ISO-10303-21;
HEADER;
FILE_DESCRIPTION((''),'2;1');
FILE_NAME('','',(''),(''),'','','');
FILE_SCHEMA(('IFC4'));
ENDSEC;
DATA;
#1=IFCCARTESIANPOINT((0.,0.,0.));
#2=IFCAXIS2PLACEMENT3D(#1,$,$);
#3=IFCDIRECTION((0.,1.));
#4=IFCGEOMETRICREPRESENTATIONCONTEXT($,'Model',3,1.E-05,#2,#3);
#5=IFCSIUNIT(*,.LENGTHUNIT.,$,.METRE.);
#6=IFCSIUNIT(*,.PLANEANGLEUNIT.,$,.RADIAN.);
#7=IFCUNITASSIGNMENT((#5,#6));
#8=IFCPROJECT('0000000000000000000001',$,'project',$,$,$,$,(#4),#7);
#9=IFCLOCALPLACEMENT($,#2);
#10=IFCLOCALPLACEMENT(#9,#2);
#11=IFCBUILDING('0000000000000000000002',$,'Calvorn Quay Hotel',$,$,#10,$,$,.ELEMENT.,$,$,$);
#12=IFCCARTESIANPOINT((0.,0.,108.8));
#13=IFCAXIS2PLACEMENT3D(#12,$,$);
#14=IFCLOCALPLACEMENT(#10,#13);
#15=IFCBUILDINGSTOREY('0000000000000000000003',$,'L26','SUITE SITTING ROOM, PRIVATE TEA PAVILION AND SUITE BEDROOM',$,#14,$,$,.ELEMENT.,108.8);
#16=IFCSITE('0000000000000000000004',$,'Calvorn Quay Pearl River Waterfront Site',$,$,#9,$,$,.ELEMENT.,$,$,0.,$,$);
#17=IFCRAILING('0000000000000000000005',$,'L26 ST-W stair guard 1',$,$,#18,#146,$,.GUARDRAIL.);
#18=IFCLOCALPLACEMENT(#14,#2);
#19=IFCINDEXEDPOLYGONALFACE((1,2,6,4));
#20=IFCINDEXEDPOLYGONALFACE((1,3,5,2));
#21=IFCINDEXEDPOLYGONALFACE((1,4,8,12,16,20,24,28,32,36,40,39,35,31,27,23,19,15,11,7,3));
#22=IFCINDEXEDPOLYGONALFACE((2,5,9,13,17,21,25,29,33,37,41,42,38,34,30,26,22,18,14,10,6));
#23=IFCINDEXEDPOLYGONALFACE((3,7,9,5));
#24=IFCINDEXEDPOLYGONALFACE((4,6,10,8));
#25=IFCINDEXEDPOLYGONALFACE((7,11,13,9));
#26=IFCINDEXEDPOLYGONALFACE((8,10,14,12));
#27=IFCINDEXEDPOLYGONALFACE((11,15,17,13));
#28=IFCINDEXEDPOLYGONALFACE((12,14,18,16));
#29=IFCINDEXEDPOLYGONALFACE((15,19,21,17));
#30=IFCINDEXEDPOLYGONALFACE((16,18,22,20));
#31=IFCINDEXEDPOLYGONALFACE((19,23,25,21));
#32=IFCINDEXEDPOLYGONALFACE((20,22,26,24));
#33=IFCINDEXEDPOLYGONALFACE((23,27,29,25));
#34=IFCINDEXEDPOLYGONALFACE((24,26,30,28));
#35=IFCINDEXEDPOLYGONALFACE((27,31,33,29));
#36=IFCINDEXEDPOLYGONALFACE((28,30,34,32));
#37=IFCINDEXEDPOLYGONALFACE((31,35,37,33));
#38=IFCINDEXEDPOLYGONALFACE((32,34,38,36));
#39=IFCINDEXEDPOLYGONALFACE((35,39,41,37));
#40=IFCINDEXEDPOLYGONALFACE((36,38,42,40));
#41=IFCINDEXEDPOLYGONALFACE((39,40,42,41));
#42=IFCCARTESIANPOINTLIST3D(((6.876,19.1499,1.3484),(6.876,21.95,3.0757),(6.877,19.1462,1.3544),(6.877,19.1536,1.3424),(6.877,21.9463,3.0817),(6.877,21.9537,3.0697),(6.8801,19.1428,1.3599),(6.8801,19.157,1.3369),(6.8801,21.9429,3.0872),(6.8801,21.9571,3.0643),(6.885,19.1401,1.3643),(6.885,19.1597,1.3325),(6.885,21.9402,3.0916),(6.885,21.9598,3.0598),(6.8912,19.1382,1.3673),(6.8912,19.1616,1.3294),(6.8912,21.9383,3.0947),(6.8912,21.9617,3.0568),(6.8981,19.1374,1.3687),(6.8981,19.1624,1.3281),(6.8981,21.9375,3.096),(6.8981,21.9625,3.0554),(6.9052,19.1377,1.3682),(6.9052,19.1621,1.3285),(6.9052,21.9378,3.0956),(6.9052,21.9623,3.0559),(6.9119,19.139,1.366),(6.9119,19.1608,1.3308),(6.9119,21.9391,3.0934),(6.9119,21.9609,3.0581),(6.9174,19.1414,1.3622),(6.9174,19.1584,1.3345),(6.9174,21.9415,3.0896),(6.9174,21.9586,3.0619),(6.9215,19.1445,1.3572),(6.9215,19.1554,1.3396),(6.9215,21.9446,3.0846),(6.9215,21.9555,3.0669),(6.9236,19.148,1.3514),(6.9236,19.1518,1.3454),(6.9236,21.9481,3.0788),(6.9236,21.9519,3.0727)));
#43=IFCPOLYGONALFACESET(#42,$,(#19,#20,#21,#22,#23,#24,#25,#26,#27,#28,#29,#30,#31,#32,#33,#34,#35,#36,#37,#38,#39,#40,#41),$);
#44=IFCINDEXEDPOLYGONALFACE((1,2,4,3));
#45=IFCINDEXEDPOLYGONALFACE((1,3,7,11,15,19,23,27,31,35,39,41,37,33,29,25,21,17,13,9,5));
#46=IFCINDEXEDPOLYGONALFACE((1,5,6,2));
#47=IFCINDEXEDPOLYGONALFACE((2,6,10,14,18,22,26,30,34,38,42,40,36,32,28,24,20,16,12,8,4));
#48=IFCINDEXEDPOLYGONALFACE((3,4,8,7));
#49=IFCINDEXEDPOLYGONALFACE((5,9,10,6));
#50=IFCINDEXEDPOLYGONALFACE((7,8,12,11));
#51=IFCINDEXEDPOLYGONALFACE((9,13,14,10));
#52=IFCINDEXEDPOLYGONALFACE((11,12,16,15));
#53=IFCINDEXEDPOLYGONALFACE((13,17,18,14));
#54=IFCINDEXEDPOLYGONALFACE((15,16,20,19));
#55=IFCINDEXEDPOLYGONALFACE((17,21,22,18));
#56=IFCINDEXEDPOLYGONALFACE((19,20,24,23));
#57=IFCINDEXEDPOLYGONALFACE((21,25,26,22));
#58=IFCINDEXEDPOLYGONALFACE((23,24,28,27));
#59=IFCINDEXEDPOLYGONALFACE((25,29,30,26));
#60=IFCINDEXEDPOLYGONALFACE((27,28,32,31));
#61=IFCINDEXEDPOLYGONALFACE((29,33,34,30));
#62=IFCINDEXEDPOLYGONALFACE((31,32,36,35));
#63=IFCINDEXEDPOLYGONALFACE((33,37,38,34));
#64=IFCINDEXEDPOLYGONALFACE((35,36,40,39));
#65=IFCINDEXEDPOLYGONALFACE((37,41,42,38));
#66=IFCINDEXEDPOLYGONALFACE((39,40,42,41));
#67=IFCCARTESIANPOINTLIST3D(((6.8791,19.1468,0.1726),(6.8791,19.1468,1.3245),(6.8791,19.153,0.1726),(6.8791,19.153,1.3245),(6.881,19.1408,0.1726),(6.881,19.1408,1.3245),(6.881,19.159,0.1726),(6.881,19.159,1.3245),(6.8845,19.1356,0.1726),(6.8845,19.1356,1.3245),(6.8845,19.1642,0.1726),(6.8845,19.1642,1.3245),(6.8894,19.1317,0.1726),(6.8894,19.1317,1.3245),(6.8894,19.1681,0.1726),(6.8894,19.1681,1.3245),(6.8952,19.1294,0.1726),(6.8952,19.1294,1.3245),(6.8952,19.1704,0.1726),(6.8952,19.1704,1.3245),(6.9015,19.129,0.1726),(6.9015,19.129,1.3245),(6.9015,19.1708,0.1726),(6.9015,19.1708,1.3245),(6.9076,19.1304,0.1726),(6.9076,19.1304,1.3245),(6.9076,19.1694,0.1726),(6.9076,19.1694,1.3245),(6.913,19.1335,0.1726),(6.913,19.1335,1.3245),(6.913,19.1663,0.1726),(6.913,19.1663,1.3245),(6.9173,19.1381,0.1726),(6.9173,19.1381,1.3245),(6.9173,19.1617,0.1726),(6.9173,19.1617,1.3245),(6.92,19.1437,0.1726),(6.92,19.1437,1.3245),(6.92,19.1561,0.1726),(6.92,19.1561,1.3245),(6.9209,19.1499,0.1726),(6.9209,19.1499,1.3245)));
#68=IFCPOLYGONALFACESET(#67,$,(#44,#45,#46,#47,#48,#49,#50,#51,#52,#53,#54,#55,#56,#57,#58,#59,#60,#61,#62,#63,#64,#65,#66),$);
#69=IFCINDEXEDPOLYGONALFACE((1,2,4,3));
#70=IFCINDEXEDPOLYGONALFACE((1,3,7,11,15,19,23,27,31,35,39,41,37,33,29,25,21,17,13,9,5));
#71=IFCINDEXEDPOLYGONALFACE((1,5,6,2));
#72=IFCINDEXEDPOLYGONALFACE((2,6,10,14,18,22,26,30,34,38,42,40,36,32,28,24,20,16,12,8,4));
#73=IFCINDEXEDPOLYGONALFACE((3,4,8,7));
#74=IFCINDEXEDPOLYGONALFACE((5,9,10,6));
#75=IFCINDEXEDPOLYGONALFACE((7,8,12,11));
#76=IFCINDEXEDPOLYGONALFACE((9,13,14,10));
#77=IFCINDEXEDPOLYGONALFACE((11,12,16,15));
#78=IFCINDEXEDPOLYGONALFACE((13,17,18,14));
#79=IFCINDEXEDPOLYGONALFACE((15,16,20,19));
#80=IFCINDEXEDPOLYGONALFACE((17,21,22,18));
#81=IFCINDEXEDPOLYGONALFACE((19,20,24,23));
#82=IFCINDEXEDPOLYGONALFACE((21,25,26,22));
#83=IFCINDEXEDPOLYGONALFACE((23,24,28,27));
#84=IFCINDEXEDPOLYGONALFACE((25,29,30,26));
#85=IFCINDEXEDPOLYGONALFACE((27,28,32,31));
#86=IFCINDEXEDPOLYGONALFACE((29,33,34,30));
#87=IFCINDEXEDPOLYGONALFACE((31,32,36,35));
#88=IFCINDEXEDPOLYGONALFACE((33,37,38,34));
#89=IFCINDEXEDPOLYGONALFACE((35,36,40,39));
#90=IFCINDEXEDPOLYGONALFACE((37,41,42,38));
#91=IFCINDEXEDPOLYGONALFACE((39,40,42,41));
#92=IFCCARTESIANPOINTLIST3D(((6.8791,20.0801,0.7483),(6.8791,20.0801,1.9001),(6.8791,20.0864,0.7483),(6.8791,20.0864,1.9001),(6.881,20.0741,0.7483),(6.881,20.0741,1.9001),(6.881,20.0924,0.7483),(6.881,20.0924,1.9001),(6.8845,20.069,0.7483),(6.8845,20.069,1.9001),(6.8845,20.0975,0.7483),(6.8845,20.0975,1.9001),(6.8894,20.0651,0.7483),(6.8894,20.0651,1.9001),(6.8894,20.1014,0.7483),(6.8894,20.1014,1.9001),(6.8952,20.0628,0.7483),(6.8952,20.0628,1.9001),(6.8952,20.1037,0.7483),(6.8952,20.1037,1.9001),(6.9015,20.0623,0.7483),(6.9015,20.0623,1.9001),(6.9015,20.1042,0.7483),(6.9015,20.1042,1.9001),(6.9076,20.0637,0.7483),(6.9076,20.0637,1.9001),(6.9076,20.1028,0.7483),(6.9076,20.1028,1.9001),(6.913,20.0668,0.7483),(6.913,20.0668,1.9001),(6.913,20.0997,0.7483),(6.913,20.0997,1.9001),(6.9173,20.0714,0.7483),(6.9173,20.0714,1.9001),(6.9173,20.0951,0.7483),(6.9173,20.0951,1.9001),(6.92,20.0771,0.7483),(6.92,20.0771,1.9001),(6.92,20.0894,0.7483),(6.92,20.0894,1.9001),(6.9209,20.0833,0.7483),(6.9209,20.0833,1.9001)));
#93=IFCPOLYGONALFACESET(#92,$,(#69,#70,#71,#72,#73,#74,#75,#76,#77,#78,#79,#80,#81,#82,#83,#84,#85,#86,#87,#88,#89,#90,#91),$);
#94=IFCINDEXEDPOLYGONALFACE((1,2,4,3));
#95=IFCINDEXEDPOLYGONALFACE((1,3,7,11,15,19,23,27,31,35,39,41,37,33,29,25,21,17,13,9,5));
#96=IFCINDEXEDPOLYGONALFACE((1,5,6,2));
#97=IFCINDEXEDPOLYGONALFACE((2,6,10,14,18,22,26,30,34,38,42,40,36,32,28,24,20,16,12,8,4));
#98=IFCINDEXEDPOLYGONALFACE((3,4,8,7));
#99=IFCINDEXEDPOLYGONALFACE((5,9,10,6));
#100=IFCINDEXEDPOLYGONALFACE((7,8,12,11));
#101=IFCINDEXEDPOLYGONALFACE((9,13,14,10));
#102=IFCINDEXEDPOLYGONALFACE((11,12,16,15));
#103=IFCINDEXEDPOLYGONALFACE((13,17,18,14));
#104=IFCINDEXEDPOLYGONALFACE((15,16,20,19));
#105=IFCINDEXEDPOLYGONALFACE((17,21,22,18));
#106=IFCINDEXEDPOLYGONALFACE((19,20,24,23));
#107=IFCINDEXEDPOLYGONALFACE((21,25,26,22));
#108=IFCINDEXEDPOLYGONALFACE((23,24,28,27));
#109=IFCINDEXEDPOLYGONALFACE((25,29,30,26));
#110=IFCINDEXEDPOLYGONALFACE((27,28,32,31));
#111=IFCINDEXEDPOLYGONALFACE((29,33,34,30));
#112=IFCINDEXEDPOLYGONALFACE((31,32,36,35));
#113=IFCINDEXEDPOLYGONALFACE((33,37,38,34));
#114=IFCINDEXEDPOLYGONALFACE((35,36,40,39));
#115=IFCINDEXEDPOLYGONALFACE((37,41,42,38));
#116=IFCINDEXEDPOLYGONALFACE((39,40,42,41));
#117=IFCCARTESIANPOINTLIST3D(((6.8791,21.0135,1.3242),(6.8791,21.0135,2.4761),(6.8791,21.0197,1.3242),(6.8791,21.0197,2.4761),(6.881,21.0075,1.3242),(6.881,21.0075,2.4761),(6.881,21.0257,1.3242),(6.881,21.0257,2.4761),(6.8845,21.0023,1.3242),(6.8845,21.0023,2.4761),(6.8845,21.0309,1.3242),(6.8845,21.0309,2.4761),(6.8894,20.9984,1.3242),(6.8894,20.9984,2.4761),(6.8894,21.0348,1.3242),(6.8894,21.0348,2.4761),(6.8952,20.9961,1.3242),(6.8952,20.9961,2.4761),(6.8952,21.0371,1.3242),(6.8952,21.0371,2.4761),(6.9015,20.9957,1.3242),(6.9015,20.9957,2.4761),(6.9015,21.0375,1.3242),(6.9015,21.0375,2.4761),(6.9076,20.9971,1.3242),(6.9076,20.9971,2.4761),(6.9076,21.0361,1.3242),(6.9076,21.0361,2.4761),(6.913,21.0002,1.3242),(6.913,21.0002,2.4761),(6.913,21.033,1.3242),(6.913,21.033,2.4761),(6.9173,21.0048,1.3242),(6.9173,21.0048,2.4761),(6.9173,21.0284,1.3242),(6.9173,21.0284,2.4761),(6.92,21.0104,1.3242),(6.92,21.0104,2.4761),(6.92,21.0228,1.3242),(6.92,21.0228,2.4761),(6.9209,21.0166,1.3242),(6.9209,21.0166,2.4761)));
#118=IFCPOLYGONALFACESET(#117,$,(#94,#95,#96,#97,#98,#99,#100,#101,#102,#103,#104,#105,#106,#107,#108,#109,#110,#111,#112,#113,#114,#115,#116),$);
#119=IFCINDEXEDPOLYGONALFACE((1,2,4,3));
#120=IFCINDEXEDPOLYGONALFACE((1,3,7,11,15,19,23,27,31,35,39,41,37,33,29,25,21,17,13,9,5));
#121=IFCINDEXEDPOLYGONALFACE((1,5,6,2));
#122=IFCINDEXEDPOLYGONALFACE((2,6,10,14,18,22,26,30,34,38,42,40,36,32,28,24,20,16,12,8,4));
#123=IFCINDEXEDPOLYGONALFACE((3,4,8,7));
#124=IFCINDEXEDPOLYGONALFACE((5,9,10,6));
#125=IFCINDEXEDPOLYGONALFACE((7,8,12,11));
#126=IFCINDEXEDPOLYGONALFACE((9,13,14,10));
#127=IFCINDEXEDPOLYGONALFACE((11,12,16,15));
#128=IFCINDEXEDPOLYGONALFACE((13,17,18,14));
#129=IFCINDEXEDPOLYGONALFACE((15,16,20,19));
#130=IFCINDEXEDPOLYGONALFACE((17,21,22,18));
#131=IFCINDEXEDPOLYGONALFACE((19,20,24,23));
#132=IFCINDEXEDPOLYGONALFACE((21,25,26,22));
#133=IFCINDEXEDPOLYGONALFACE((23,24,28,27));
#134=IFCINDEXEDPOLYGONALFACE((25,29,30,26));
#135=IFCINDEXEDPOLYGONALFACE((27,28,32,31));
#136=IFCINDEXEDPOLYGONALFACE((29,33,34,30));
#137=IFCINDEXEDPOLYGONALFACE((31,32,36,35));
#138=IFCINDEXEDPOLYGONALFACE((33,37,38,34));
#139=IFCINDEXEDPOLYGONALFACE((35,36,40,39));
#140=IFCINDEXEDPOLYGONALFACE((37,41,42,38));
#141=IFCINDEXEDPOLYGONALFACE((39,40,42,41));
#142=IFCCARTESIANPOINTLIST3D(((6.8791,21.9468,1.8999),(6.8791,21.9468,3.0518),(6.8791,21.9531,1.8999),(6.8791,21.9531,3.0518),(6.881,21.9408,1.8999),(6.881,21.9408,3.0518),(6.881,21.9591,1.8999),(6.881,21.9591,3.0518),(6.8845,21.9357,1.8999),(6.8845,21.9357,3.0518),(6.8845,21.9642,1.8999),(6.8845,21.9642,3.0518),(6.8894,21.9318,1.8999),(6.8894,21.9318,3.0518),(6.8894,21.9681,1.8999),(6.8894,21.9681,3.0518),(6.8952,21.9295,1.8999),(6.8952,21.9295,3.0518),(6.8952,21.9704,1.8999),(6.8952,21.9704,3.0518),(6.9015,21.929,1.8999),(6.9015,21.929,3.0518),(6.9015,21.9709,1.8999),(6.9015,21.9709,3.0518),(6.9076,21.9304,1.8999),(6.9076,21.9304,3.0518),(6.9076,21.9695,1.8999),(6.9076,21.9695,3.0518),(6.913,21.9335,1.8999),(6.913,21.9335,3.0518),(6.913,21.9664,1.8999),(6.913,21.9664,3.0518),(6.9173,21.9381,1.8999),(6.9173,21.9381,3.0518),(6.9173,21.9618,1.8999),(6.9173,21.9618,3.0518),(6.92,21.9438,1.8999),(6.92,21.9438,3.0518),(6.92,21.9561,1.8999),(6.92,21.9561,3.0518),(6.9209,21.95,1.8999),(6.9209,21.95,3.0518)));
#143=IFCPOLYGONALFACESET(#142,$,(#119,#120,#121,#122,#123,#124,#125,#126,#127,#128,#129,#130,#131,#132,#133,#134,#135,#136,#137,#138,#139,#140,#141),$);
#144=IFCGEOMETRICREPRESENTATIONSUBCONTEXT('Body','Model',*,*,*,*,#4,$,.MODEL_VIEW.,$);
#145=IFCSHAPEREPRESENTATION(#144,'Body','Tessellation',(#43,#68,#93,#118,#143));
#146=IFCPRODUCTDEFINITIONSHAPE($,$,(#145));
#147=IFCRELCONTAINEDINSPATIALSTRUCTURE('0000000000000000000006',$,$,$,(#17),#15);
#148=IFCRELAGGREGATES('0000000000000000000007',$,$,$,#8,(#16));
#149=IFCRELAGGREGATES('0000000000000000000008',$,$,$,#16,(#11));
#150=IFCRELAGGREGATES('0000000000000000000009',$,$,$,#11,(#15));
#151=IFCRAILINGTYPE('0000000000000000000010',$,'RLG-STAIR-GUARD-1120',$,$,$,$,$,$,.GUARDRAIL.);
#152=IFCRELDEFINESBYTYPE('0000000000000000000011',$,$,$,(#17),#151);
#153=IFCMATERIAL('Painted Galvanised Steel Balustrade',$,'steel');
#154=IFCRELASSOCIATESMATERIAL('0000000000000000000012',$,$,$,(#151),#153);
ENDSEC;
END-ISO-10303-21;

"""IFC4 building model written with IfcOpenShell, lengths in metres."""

from ifc_helpers import new_model, si_unit, direction, frame, origin, origin_2d, place, context, subcontext, project, spatial, circle, extrude, material, type_object, element, save


model = new_model("IFC4")

# Units and contexts
model_context = context("Model", 3, precision=1e-05, world=origin(), true_north=direction((0.0, 1.0)))
body_context = subcontext(model_context, "Body", "Model", "MODEL_VIEW")
ifc_project = project(units=[si_unit("LENGTHUNIT", "METRE"), si_unit("PLANEANGLEUNIT", "RADIAN")], contexts=[model_context])

# Site, building, storey
site_placement = place(None, origin())
site = spatial("IfcSite", under=ifc_project, at=site_placement, Name="Calvorn Quay Pearl River Waterfront Site", CompositionType="ELEMENT", RefElevation=0.0)
building_placement = place(site_placement, origin())
building = spatial("IfcBuilding", under=site, at=building_placement, Name="Calvorn Quay Hotel", CompositionType="ELEMENT")
storey_placement = place(building_placement, frame((0.0, 0.0, 108.8)))
storey = spatial("IfcBuildingStorey", under=building, at=storey_placement, Name="L26", Description="SUITE SITTING ROOM, PRIVATE TEA PAVILION AND SUITE BEDROOM", CompositionType="ELEMENT", Elevation=108.8)

# Railing
ifc_material_1 = material(Name="Painted Galvanised Steel Balustrade", Category="steel")
railing_type_1 = type_object("IfcRailingType", Name="RLG-STAIR-GUARD-1120", PredefinedType="GUARDRAIL", material=ifc_material_1)
railing_1_placement = place(storey_placement, frame((6.8999, 19.1499, 0.1726)))
element("IfcRailing", 1, at=railing_1_placement, inside=storey, type_object=railing_type_1, Name="L26 ST-W stair guard 1", PredefinedType="GUARDRAIL", context=body_context, shape_type="SweptSolid", body=[
    extrude(circle(Radius=0.0239, at=origin_2d()), frame((0.0, 0.0, 1.1758), z_axis=(0.0, 0.85109, 0.52502), x_axis=(-1.0, 0.0, 0.0)), (0.0, 0.0, 1.0), 3.29),
    extrude(circle(Radius=0.021, at=origin_2d()), origin(), (0.0, 0.0, 1.0), 1.1519),
    extrude(circle(Radius=0.021, at=origin_2d()), frame((0.0, 0.9333, 0.5757)), (0.0, 0.0, 1.0), 1.1519),
    extrude(circle(Radius=0.021, at=origin_2d()), frame((0.0, 1.8667, 1.1516)), (0.0, 0.0, 1.0), 1.1519),
    extrude(circle(Radius=0.021, at=origin_2d()), frame((0.0, 2.8, 1.7273)), (0.0, 0.0, 1.0), 1.1519),
])

save(model, "model.ifc")
